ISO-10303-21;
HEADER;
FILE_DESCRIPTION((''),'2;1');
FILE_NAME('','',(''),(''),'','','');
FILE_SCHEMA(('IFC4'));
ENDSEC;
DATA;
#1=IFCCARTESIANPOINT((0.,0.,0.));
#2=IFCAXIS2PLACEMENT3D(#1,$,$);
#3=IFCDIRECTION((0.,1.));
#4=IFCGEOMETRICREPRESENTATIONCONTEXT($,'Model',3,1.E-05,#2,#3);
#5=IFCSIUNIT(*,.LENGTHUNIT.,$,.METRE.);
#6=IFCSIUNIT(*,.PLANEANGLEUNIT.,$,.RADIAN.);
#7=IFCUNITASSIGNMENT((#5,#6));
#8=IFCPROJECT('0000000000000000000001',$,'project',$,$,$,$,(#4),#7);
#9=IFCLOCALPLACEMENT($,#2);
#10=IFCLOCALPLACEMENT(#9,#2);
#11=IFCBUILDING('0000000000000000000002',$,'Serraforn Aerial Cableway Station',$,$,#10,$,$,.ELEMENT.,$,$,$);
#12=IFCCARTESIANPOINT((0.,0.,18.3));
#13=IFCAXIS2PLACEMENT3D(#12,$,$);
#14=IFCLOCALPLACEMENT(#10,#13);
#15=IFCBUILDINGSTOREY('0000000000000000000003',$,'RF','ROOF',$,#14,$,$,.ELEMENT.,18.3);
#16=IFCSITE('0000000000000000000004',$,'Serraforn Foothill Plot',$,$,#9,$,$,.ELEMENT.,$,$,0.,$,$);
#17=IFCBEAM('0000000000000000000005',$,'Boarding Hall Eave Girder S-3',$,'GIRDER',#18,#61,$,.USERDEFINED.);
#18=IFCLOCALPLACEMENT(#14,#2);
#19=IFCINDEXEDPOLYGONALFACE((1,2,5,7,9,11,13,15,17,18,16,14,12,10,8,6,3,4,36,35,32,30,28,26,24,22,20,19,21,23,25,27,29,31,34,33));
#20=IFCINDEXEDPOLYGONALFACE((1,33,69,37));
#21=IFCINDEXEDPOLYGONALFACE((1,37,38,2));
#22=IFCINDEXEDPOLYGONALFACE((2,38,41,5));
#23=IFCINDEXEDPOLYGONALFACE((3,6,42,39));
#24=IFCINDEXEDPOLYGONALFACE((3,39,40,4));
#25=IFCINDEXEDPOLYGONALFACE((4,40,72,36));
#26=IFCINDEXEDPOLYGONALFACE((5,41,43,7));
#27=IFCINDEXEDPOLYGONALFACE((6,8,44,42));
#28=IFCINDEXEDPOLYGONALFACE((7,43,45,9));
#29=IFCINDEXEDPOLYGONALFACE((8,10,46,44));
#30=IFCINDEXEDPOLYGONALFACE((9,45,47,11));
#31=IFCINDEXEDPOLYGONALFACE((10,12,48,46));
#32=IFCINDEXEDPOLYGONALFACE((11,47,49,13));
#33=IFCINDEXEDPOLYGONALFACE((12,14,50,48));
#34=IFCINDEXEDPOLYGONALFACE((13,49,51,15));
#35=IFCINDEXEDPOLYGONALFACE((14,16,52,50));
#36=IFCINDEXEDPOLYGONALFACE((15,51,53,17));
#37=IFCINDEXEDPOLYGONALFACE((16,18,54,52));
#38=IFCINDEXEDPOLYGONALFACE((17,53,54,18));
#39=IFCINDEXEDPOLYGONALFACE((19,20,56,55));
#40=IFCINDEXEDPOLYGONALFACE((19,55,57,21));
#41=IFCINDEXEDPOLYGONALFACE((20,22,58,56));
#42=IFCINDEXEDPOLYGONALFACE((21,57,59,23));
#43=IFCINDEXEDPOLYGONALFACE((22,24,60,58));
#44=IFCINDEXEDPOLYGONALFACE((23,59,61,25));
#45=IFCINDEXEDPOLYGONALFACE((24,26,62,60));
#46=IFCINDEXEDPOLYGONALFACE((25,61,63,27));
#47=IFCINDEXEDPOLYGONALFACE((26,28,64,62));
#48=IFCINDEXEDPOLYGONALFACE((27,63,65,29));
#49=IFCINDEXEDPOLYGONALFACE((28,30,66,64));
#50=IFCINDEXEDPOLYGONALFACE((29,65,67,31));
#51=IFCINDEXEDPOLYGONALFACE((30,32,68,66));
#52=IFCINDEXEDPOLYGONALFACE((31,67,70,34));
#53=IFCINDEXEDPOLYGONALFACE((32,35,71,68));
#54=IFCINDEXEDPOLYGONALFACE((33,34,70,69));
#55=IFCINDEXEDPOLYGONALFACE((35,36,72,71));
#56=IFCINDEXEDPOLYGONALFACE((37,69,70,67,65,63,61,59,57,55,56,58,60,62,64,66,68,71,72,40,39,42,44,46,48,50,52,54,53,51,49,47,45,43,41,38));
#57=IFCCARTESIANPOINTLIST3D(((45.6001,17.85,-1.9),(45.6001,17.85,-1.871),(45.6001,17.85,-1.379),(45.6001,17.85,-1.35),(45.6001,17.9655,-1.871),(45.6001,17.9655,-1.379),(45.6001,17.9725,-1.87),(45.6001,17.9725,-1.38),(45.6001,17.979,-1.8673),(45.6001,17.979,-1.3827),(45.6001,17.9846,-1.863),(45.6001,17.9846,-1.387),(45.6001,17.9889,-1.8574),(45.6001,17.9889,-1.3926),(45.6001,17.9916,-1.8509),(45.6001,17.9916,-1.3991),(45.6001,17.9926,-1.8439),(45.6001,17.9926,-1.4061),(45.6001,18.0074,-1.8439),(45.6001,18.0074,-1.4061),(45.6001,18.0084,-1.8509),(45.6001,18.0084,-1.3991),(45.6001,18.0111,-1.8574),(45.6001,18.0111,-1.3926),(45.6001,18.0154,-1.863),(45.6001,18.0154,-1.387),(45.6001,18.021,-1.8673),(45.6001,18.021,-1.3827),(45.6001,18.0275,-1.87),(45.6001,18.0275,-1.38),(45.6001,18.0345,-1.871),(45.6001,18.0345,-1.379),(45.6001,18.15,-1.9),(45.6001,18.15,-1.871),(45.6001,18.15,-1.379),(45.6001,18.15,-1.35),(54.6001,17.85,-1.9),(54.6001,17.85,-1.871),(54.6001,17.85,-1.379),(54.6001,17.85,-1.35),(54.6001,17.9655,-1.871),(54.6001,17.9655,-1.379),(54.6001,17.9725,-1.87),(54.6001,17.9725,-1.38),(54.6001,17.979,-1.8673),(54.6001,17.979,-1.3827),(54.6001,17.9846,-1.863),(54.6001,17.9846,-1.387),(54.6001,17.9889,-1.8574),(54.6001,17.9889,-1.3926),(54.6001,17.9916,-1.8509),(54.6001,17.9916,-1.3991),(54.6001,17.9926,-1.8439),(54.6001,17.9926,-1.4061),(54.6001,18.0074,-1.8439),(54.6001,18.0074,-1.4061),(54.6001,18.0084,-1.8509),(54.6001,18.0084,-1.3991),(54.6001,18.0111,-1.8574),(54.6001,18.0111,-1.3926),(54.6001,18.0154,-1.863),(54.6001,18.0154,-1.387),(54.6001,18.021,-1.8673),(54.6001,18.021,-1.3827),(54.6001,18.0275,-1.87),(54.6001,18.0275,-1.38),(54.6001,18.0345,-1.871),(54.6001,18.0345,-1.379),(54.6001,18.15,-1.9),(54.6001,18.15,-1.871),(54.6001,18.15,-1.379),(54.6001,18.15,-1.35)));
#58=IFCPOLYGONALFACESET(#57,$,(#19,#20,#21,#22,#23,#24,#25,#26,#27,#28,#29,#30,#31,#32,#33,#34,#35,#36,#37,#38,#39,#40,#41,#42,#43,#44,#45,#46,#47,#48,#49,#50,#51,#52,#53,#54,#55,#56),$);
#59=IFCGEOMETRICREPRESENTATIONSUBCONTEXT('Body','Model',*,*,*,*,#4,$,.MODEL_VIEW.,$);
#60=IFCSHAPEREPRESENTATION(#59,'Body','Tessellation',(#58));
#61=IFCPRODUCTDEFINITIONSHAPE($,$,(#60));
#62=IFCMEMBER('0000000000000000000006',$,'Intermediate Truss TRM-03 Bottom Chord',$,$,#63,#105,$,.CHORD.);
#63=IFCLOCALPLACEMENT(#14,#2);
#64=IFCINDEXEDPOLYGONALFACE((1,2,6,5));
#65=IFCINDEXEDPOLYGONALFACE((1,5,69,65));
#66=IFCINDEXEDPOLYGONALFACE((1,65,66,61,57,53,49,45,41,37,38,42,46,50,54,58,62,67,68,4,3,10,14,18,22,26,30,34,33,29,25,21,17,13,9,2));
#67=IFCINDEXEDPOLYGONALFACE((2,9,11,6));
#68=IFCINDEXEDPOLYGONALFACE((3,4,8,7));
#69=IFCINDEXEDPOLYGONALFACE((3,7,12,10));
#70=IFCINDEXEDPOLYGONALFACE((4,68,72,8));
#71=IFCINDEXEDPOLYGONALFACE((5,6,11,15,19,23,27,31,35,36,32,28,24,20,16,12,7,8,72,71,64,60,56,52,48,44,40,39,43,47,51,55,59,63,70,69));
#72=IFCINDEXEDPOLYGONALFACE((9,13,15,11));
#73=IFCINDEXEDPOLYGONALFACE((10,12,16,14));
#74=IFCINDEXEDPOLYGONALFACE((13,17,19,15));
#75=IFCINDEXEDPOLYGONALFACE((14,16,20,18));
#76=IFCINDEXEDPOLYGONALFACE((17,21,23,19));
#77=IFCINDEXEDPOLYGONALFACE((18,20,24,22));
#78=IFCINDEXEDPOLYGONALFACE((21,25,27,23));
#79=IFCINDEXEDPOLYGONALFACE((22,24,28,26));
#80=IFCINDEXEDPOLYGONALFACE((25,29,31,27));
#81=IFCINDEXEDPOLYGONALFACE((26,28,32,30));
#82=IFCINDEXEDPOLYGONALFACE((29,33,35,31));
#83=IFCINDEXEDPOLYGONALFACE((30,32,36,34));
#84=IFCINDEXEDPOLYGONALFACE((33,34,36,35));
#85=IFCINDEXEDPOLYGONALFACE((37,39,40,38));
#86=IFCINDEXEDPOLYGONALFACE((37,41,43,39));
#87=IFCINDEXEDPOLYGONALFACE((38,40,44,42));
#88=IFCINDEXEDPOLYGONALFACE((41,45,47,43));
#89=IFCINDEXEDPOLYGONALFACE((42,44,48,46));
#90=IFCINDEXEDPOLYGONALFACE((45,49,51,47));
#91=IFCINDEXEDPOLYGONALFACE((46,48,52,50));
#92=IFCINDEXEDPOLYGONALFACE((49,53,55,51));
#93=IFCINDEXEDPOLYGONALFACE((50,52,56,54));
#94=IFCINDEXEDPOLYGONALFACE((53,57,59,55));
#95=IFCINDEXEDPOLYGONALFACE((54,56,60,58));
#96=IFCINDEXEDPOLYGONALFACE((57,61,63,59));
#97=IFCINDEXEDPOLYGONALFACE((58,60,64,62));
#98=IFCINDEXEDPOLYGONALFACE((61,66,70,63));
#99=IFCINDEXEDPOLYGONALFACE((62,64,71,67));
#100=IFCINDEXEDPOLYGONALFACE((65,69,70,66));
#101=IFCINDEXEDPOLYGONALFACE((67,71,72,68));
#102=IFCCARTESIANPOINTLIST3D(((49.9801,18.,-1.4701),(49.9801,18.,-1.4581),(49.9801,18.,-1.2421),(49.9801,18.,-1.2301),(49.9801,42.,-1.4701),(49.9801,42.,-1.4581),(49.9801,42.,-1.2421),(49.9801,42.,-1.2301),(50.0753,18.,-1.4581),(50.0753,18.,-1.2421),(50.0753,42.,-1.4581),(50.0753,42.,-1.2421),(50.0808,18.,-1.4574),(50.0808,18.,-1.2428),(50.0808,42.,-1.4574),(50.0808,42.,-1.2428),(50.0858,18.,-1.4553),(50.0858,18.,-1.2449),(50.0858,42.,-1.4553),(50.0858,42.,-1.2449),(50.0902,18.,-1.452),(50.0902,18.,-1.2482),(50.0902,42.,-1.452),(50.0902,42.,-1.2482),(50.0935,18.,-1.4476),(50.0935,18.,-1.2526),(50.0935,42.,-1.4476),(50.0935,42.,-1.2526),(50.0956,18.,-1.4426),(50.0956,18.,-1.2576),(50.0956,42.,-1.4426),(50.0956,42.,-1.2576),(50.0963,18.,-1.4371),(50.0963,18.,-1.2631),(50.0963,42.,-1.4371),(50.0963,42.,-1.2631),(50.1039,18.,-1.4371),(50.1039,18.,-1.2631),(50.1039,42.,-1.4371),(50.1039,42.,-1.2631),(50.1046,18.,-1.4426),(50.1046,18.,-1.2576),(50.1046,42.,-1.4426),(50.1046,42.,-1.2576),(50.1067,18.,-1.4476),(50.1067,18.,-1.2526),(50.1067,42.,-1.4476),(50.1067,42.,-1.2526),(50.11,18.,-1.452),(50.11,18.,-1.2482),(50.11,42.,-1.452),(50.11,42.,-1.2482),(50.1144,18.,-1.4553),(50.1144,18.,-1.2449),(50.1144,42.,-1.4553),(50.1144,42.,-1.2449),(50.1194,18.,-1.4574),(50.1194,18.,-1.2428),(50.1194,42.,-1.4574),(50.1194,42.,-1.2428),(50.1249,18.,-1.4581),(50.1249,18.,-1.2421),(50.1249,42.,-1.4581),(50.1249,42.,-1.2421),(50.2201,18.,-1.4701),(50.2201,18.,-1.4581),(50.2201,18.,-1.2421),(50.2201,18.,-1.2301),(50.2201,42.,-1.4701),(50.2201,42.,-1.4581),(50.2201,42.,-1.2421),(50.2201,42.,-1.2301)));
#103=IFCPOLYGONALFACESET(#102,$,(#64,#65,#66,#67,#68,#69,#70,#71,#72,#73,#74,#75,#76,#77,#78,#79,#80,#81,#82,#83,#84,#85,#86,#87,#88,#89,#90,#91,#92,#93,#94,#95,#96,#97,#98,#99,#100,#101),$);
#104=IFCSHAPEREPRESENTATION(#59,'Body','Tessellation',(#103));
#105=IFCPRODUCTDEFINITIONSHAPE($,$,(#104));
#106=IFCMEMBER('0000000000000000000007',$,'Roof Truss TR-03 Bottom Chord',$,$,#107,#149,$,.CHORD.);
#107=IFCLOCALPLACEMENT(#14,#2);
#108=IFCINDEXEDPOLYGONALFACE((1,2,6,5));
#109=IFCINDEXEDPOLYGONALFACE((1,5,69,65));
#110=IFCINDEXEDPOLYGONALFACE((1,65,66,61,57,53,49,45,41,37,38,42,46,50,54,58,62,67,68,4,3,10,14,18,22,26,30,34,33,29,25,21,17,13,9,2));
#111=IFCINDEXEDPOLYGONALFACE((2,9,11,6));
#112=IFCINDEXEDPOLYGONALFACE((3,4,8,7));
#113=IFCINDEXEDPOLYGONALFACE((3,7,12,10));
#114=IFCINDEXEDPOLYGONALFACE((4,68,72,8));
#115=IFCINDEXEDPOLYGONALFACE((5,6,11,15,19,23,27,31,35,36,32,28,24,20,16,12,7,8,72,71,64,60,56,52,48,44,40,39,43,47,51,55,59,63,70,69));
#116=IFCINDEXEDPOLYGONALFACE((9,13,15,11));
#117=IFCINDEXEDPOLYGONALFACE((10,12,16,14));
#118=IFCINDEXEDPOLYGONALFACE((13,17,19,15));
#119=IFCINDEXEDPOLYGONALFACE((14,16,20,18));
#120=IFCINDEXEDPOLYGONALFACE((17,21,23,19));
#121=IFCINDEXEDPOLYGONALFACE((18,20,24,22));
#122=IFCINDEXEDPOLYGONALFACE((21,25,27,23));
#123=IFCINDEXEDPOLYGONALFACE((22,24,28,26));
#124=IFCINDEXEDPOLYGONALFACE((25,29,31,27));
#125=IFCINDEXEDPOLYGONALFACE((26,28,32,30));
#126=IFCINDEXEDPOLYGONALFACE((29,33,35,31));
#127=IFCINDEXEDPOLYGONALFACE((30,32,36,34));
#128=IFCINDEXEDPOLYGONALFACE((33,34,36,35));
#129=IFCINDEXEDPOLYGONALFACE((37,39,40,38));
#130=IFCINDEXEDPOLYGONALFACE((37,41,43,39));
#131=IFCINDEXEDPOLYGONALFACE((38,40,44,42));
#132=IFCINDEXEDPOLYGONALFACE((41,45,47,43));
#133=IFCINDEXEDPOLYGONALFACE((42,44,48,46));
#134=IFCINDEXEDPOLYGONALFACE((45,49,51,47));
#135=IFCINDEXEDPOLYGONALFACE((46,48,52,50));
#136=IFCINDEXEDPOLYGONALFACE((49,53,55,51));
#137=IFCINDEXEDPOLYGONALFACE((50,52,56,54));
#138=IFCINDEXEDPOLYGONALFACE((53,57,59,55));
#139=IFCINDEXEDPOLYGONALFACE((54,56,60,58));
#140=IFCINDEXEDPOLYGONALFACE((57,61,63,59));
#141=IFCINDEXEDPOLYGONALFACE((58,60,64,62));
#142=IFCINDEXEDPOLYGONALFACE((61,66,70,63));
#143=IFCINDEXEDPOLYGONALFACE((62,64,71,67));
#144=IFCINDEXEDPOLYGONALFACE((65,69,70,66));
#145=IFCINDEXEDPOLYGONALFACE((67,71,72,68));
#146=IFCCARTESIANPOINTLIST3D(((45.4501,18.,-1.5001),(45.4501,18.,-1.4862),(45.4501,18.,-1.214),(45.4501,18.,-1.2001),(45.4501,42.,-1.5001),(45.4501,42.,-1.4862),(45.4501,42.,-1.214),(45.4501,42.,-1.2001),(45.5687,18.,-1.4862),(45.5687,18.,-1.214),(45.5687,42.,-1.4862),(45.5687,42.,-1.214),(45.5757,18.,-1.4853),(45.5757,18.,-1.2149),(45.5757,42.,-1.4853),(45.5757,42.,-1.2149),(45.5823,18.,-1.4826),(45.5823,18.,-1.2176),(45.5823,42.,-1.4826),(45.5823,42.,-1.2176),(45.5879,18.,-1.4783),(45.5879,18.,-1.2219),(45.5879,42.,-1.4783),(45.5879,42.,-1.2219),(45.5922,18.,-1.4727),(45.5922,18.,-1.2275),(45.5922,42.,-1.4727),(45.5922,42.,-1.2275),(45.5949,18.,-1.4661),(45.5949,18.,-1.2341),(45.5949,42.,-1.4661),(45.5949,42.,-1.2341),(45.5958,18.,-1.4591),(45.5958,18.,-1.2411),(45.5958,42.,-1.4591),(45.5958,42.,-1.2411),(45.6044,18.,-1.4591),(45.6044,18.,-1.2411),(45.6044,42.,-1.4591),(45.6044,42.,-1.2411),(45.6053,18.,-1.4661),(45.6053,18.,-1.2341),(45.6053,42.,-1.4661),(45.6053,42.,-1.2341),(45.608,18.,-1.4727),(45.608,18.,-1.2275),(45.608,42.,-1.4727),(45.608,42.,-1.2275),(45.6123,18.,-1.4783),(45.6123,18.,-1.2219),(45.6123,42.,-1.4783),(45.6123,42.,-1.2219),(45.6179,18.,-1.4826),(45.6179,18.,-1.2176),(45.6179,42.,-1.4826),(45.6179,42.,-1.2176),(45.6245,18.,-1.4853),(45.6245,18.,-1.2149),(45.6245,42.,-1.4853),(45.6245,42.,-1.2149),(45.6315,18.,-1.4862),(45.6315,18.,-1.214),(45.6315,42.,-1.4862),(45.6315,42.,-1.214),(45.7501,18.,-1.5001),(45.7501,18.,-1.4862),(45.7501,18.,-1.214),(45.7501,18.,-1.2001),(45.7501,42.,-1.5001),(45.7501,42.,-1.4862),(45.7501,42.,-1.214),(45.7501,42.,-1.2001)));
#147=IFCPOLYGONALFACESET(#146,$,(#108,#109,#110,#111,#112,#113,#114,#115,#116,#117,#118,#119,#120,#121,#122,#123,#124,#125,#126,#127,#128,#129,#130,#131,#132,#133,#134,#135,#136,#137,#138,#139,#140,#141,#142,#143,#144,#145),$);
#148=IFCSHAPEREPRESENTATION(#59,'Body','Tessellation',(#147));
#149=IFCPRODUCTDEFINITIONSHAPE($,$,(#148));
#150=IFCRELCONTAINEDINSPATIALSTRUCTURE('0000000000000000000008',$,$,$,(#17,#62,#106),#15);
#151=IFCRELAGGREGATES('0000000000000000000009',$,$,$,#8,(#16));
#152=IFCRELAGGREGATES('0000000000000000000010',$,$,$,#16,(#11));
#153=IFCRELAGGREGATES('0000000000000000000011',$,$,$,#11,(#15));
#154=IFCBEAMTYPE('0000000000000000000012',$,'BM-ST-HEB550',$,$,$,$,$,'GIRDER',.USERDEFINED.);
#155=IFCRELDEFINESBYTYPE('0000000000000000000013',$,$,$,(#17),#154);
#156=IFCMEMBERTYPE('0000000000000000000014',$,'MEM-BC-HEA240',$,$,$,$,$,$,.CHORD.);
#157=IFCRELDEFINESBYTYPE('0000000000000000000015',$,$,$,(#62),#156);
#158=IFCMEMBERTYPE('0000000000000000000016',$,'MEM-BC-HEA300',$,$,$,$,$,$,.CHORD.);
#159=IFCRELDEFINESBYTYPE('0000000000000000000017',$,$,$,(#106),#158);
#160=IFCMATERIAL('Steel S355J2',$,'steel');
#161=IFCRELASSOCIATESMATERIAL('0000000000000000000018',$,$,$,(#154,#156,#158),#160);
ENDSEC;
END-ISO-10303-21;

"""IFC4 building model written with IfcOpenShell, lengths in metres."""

from ifc_helpers import new_model, si_unit, direction, frame, origin, origin_2d, place, context, subcontext, project, spatial, i_section, extrude, material, material_profile, profile_set, type_object, element, save


model = new_model("IFC4")

# Units and contexts
model_context = context("Model", 3, precision=1e-05, world=origin(), true_north=direction((0.0, 1.0)))
body_context = subcontext(model_context, "Body", "Model", "MODEL_VIEW")
ifc_project = project(units=[si_unit("LENGTHUNIT", "METRE"), si_unit("PLANEANGLEUNIT", "RADIAN")], contexts=[model_context])

# Site, building, storey
site_placement = place(None, origin())
site = spatial("IfcSite", under=ifc_project, at=site_placement, Name="Serraforn Foothill Plot", CompositionType="ELEMENT", RefElevation=0.0)
building_placement = place(site_placement, origin())
building = spatial("IfcBuilding", under=site, at=building_placement, Name="Serraforn Aerial Cableway Station", CompositionType="ELEMENT")
storey_placement = place(building_placement, frame((0.0, 0.0, 18.3)))
storey = spatial("IfcBuildingStorey", under=building, at=storey_placement, Name="RF", Description="ROOF", CompositionType="ELEMENT", Elevation=18.3)

# Beam
ifc_material_1 = material(Name="Steel S355J2", Category="steel")
ifc_material_profile_1 = material_profile(ifc_material_1, i_section(OverallWidth=0.3, OverallDepth=0.55, WebThickness=0.0149, FlangeThickness=0.0291, FilletRadius=0.0271, at=origin_2d()), Name="HEB 550")
ifc_profile_set_1 = profile_set([ifc_material_profile_1], Name="Steel S355J2")
beam_type = type_object("IfcBeamType", Name="BM-ST-HEB550", ElementType="GIRDER", PredefinedType="USERDEFINED", material=ifc_profile_set_1)
beam_placement = place(storey_placement, frame((45.6001, 18.0, -1.625), z_axis=(1.0, 0.0, 0.0), x_axis=(0.0, 1.0, 0.0)))
element("IfcBeam", 1, at=beam_placement, inside=storey, type_object=beam_type, Name="Boarding Hall Eave Girder S-3", ObjectType="GIRDER", PredefinedType="USERDEFINED", context=body_context, shape_type="SweptSolid", body=[
    extrude(i_section(OverallWidth=0.3, OverallDepth=0.55, WebThickness=0.0149, FlangeThickness=0.0291, FilletRadius=0.0271, at=origin_2d()), origin(), (0.0, 0.0, 1.0), 9.0),
])

# Members
ifc_material_profile_2 = material_profile(ifc_material_1, i_section(OverallWidth=0.24, OverallDepth=0.24, WebThickness=0.0076, FlangeThickness=0.012, FilletRadius=0.021, at=origin_2d()), Name="HEA 240")
ifc_profile_set_2 = profile_set([ifc_material_profile_2], Name="Steel S355J2")
member_type_1 = type_object("IfcMemberType", Name="MEM-BC-HEA240", PredefinedType="CHORD", material=ifc_profile_set_2)
member_1_placement = place(storey_placement, frame((50.1001, 18.0, -1.3501), z_axis=(0.0, 1.0, 0.0), x_axis=(-1.0, 0.0, 0.0)))
element("IfcMember", 2, at=member_1_placement, inside=storey, type_object=member_type_1, Name="Intermediate Truss TRM-03 Bottom Chord", PredefinedType="CHORD", context=body_context, shape_type="SweptSolid", body=[
    extrude(i_section(OverallWidth=0.24, OverallDepth=0.24, WebThickness=0.0076, FlangeThickness=0.012, FilletRadius=0.021, at=origin_2d()), origin(), (0.0, 0.0, 1.0), 24.0),
])
ifc_material_profile_3 = material_profile(ifc_material_1, i_section(OverallWidth=0.3, OverallDepth=0.3, WebThickness=0.0085, FlangeThickness=0.0139, FilletRadius=0.0271, at=origin_2d()), Name="HEA 300")
ifc_profile_set_3 = profile_set([ifc_material_profile_3], Name="Steel S355J2")
member_type_2 = type_object("IfcMemberType", Name="MEM-BC-HEA300", PredefinedType="CHORD", material=ifc_profile_set_3)
member_2_placement = place(storey_placement, frame((45.6001, 18.0, -1.3501), z_axis=(0.0, 1.0, 0.0), x_axis=(-1.0, 0.0, 0.0)))
element("IfcMember", 3, at=member_2_placement, inside=storey, type_object=member_type_2, Name="Roof Truss TR-03 Bottom Chord", PredefinedType="CHORD", context=body_context, shape_type="SweptSolid", body=[
    extrude(i_section(OverallWidth=0.3, OverallDepth=0.3, WebThickness=0.0085, FlangeThickness=0.0139, FilletRadius=0.0271, at=origin_2d()), origin(), (0.0, 0.0, 1.0), 24.0),
])

save(model, "model.ifc")
